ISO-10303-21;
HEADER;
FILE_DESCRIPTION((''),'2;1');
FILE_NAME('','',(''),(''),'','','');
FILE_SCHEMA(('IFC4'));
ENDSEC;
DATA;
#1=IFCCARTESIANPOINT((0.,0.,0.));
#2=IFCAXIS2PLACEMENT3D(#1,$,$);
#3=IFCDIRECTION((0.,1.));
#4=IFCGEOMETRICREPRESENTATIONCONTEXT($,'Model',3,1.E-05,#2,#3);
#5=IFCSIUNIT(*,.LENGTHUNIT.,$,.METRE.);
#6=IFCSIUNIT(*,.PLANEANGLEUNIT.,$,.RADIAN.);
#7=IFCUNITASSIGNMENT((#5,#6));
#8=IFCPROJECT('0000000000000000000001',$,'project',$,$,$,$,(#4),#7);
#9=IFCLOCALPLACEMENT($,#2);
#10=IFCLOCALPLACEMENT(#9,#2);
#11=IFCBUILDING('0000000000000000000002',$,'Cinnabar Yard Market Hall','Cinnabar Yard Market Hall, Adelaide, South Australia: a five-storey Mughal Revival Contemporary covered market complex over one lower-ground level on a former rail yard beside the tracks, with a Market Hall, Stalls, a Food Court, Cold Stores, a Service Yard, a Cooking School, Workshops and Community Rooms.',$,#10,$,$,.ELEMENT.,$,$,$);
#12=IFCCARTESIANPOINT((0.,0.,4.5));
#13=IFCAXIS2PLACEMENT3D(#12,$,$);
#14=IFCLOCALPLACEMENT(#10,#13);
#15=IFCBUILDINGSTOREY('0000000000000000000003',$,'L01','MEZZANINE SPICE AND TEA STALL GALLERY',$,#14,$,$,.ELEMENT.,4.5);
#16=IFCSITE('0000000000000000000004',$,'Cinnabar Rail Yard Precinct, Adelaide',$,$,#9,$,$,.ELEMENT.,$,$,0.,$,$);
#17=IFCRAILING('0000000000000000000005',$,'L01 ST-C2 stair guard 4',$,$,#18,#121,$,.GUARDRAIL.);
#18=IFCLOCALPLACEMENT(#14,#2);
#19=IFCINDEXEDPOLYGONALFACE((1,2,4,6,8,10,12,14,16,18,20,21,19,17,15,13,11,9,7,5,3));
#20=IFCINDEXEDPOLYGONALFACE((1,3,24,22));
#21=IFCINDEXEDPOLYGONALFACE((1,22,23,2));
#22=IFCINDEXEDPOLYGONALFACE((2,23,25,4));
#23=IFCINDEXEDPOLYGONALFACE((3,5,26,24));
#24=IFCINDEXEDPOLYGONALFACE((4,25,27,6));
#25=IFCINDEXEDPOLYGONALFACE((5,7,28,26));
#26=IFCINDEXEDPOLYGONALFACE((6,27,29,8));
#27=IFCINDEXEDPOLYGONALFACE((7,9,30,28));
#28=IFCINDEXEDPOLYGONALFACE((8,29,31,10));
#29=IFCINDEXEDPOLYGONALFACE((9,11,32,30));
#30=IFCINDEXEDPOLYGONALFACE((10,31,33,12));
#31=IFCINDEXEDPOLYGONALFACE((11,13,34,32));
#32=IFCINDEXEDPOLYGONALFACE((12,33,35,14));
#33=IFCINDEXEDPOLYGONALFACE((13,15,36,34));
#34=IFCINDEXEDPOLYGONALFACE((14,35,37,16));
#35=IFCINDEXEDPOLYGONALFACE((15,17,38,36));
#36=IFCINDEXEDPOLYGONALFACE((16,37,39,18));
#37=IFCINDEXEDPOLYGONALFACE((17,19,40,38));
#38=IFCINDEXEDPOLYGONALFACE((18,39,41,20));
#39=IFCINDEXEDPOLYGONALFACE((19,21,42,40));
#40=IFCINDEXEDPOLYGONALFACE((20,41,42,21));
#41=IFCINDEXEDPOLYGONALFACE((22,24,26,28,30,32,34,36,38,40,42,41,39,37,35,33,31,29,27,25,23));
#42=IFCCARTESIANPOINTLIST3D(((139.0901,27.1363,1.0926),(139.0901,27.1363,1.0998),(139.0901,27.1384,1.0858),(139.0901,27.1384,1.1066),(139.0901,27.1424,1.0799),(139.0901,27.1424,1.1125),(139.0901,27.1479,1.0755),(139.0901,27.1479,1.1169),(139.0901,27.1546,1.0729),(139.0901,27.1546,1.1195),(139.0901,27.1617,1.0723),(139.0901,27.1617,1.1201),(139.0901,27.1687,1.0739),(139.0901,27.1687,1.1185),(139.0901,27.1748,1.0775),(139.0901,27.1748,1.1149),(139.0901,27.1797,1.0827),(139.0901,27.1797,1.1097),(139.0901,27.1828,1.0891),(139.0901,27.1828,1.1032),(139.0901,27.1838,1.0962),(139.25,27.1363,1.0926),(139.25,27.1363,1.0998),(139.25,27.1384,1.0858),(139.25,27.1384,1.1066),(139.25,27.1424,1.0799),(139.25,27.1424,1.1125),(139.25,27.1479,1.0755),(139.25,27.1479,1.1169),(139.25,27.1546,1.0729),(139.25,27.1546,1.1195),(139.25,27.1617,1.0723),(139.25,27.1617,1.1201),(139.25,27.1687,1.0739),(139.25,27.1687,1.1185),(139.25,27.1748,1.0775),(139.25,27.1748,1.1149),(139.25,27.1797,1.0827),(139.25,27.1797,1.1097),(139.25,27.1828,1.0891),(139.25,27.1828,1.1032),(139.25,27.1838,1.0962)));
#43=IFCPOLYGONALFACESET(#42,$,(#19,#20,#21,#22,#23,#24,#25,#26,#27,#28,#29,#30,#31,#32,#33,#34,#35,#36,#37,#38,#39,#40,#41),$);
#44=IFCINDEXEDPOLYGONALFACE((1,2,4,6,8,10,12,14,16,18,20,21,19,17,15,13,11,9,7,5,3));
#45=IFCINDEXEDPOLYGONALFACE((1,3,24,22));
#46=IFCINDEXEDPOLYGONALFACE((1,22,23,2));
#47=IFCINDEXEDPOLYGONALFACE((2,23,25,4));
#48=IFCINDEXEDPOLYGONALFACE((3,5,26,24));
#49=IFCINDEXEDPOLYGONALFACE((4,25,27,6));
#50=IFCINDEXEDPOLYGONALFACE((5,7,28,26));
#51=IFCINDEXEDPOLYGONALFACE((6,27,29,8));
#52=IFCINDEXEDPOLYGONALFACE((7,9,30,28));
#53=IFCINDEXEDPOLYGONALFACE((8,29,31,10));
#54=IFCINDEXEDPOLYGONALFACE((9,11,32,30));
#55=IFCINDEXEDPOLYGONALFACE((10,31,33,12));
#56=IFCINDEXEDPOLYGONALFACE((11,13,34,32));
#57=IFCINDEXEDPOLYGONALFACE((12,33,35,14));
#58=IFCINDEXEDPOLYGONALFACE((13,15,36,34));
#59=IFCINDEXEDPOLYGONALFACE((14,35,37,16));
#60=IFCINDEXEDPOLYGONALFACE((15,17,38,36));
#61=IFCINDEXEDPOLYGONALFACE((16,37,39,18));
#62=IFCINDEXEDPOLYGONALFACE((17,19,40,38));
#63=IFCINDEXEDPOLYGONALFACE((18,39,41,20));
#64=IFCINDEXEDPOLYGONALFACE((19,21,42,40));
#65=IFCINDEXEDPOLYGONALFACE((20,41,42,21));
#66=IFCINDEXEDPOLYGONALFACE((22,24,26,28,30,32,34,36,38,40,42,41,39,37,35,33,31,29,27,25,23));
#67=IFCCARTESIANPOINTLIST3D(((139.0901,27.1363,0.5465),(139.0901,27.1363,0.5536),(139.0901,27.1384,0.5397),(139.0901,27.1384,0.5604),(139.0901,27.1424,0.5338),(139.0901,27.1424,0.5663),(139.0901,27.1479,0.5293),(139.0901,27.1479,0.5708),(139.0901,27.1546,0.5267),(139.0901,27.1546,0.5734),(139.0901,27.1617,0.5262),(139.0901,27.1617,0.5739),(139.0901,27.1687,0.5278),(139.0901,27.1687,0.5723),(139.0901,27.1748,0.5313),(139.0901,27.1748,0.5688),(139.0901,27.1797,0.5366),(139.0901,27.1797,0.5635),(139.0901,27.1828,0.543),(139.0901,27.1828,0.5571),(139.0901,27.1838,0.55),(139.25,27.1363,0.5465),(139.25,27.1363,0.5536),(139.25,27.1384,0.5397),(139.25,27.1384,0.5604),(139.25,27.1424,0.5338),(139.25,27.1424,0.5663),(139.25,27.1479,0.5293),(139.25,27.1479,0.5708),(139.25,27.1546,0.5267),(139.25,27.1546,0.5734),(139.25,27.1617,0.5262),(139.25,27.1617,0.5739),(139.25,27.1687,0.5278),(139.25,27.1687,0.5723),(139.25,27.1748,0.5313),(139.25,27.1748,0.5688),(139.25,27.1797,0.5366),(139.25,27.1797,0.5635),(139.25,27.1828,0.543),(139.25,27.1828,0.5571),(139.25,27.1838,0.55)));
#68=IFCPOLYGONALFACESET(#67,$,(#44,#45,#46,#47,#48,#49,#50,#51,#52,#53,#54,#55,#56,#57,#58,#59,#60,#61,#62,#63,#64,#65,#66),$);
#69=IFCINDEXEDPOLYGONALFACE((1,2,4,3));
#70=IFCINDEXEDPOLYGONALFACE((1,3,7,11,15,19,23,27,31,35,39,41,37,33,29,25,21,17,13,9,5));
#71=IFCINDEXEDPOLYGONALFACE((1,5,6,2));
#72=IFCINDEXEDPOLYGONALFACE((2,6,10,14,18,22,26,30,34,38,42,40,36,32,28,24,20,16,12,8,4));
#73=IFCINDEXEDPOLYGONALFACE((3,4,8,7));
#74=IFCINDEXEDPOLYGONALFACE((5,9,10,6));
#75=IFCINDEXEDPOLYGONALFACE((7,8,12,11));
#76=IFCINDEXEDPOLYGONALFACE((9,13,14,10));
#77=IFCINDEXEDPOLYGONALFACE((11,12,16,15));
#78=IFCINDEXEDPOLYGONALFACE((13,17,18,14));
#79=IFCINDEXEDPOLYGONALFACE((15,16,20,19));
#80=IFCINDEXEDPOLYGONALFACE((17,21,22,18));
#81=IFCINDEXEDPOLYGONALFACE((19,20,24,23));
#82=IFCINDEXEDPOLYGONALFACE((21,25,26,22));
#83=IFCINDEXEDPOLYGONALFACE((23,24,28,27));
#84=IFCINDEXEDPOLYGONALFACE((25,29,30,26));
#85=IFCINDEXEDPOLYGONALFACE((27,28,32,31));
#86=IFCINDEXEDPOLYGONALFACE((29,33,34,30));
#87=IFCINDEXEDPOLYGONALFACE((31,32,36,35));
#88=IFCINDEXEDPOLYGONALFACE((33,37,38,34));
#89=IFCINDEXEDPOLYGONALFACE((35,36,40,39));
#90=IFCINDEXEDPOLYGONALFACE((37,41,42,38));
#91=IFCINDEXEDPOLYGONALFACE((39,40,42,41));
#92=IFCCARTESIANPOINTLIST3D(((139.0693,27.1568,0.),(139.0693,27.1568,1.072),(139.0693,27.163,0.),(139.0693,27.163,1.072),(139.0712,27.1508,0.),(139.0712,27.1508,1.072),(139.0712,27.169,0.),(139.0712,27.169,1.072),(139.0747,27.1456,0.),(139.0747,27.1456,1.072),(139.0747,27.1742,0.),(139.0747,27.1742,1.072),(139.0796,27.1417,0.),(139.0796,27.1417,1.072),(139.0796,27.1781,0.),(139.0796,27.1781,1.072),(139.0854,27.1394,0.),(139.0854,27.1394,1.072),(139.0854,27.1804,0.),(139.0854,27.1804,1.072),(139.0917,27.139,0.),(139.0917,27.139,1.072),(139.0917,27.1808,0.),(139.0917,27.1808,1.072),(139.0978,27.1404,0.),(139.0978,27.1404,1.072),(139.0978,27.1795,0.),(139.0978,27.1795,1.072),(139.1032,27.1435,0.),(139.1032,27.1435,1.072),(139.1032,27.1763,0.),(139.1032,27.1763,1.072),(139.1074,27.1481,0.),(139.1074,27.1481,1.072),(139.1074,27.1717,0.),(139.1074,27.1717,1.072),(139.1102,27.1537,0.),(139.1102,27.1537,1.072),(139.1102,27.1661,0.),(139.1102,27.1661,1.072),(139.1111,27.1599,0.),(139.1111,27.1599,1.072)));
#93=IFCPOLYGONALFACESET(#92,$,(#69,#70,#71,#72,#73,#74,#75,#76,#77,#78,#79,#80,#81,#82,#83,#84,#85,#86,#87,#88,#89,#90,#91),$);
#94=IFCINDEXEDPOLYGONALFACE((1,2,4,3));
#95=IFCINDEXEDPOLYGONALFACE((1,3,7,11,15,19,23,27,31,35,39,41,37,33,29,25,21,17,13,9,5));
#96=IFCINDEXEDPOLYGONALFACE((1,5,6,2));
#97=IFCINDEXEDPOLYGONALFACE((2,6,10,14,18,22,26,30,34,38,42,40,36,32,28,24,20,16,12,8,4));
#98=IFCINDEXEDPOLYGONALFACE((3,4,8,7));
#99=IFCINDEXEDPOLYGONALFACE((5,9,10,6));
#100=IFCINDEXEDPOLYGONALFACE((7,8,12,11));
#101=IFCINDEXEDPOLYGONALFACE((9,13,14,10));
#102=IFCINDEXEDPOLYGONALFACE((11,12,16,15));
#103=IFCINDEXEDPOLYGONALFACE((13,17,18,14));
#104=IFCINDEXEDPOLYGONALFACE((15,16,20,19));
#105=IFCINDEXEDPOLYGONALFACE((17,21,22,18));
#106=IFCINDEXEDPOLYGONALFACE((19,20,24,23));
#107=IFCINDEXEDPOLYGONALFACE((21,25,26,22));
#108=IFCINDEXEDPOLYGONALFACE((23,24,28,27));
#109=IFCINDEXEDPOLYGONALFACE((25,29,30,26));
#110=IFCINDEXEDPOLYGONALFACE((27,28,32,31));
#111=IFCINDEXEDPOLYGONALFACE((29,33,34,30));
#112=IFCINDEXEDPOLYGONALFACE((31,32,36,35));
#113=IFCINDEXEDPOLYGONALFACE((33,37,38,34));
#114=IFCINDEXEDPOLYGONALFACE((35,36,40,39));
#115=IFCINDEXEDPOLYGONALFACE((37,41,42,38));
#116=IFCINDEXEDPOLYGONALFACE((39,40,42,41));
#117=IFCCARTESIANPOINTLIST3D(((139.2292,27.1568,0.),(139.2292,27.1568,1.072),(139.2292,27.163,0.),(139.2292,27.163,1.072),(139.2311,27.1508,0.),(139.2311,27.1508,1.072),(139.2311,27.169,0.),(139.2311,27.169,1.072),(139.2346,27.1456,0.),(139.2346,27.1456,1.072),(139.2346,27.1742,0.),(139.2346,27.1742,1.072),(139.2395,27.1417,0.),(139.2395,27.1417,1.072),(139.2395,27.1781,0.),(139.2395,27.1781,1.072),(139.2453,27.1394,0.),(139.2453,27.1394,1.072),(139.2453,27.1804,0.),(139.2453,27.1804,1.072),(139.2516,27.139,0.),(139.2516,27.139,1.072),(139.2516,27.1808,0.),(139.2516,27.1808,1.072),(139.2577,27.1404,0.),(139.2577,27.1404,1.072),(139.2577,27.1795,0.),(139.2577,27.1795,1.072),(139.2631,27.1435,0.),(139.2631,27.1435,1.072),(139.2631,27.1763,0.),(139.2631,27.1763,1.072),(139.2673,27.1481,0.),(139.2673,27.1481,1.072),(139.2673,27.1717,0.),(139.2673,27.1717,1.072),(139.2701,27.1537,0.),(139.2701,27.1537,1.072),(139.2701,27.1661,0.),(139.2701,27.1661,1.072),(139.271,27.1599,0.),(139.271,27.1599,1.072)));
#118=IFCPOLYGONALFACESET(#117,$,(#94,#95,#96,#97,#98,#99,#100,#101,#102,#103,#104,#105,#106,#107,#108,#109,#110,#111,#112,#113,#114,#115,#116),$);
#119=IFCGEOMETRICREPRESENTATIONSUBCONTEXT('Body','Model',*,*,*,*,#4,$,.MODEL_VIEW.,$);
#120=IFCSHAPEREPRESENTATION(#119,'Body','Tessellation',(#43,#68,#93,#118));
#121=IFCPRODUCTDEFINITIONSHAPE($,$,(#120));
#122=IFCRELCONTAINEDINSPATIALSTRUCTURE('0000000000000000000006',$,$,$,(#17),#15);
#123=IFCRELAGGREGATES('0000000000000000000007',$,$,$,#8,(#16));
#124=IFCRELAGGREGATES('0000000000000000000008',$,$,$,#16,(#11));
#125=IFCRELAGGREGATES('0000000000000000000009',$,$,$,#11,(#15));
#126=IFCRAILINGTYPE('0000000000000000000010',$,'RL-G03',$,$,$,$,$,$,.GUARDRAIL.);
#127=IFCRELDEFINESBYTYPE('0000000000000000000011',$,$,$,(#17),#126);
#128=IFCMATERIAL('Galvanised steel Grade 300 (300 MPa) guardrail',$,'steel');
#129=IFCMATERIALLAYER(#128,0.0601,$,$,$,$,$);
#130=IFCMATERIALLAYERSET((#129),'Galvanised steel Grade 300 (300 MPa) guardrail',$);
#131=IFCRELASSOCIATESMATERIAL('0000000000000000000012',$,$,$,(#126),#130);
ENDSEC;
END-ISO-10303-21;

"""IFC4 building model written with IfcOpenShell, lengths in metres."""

from ifc_helpers import new_model, si_unit, direction, frame, origin, origin_2d_with_axis, place, context, subcontext, project, spatial, circle, extrude, material, layer, layer_set, type_object, element, save


model = new_model("IFC4")

# Units and contexts
model_context = context("Model", 3, precision=1e-05, world=origin(), true_north=direction((0.0, 1.0)))
body_context = subcontext(model_context, "Body", "Model", "MODEL_VIEW")
ifc_project = project(units=[si_unit("LENGTHUNIT", "METRE"), si_unit("PLANEANGLEUNIT", "RADIAN")], contexts=[model_context])

# Site, building, storey
site_placement = place(None, origin())
site = spatial("IfcSite", under=ifc_project, at=site_placement, Name="Cinnabar Rail Yard Precinct, Adelaide", CompositionType="ELEMENT", RefElevation=0.0)
building_placement = place(site_placement, origin())
building = spatial("IfcBuilding", under=site, at=building_placement, Name="Cinnabar Yard Market Hall", Description="Cinnabar Yard Market Hall, Adelaide, South Australia: a five-storey Mughal Revival Contemporary covered market complex over one lower-ground level on a former rail yard beside the tracks, with a Market Hall, Stalls, a Food Court, Cold Stores, a Service Yard, a Cooking School, Workshops and Community Rooms.", CompositionType="ELEMENT")
storey_placement = place(building_placement, frame((0.0, 0.0, 4.5)))
storey = spatial("IfcBuildingStorey", under=building, at=storey_placement, Name="L01", Description="MEZZANINE SPICE AND TEA STALL GALLERY", CompositionType="ELEMENT", Elevation=4.5)

# Railing
ifc_material_1 = material(Name="Galvanised steel Grade 300 (300 MPa) guardrail", Category="steel")
ifc_layer_1 = layer(ifc_material_1, 0.0601)
ifc_layer_set_1 = layer_set([ifc_layer_1], Name="Galvanised steel Grade 300 (300 MPa) guardrail")
railing_type_1 = type_object("IfcRailingType", Name="RL-G03", PredefinedType="GUARDRAIL", material=ifc_layer_set_1)
railing_1_placement = place(storey_placement, frame((139.0901, 27.1599, 0.0)))
element("IfcRailing", 1, at=railing_1_placement, inside=storey, type_object=railing_type_1, Name="L01 ST-C2 stair guard 4", PredefinedType="GUARDRAIL", context=body_context, shape_type="SweptSolid", body=[
    extrude(circle(Radius=0.0239, at=origin_2d_with_axis()), frame((0.0, 0.0, 1.0962), z_axis=(1.0, 0.0, 0.0), x_axis=(0.0, 1.0, 0.0)), (0.0, 0.0, 1.0), 0.1599),
    extrude(circle(Radius=0.0239, at=origin_2d_with_axis()), frame((0.0, 0.0, 0.55), z_axis=(1.0, 0.0, 0.0), x_axis=(0.0, 1.0, 0.0)), (0.0, 0.0, 1.0), 0.1599),
    extrude(circle(Radius=0.021, at=origin_2d_with_axis()), origin(), (0.0, 0.0, 1.0), 1.072),
    extrude(circle(Radius=0.021, at=origin_2d_with_axis()), frame((0.1599, 0.0, 0.0)), (0.0, 0.0, 1.0), 1.072),
])

save(model, "model.ifc")
